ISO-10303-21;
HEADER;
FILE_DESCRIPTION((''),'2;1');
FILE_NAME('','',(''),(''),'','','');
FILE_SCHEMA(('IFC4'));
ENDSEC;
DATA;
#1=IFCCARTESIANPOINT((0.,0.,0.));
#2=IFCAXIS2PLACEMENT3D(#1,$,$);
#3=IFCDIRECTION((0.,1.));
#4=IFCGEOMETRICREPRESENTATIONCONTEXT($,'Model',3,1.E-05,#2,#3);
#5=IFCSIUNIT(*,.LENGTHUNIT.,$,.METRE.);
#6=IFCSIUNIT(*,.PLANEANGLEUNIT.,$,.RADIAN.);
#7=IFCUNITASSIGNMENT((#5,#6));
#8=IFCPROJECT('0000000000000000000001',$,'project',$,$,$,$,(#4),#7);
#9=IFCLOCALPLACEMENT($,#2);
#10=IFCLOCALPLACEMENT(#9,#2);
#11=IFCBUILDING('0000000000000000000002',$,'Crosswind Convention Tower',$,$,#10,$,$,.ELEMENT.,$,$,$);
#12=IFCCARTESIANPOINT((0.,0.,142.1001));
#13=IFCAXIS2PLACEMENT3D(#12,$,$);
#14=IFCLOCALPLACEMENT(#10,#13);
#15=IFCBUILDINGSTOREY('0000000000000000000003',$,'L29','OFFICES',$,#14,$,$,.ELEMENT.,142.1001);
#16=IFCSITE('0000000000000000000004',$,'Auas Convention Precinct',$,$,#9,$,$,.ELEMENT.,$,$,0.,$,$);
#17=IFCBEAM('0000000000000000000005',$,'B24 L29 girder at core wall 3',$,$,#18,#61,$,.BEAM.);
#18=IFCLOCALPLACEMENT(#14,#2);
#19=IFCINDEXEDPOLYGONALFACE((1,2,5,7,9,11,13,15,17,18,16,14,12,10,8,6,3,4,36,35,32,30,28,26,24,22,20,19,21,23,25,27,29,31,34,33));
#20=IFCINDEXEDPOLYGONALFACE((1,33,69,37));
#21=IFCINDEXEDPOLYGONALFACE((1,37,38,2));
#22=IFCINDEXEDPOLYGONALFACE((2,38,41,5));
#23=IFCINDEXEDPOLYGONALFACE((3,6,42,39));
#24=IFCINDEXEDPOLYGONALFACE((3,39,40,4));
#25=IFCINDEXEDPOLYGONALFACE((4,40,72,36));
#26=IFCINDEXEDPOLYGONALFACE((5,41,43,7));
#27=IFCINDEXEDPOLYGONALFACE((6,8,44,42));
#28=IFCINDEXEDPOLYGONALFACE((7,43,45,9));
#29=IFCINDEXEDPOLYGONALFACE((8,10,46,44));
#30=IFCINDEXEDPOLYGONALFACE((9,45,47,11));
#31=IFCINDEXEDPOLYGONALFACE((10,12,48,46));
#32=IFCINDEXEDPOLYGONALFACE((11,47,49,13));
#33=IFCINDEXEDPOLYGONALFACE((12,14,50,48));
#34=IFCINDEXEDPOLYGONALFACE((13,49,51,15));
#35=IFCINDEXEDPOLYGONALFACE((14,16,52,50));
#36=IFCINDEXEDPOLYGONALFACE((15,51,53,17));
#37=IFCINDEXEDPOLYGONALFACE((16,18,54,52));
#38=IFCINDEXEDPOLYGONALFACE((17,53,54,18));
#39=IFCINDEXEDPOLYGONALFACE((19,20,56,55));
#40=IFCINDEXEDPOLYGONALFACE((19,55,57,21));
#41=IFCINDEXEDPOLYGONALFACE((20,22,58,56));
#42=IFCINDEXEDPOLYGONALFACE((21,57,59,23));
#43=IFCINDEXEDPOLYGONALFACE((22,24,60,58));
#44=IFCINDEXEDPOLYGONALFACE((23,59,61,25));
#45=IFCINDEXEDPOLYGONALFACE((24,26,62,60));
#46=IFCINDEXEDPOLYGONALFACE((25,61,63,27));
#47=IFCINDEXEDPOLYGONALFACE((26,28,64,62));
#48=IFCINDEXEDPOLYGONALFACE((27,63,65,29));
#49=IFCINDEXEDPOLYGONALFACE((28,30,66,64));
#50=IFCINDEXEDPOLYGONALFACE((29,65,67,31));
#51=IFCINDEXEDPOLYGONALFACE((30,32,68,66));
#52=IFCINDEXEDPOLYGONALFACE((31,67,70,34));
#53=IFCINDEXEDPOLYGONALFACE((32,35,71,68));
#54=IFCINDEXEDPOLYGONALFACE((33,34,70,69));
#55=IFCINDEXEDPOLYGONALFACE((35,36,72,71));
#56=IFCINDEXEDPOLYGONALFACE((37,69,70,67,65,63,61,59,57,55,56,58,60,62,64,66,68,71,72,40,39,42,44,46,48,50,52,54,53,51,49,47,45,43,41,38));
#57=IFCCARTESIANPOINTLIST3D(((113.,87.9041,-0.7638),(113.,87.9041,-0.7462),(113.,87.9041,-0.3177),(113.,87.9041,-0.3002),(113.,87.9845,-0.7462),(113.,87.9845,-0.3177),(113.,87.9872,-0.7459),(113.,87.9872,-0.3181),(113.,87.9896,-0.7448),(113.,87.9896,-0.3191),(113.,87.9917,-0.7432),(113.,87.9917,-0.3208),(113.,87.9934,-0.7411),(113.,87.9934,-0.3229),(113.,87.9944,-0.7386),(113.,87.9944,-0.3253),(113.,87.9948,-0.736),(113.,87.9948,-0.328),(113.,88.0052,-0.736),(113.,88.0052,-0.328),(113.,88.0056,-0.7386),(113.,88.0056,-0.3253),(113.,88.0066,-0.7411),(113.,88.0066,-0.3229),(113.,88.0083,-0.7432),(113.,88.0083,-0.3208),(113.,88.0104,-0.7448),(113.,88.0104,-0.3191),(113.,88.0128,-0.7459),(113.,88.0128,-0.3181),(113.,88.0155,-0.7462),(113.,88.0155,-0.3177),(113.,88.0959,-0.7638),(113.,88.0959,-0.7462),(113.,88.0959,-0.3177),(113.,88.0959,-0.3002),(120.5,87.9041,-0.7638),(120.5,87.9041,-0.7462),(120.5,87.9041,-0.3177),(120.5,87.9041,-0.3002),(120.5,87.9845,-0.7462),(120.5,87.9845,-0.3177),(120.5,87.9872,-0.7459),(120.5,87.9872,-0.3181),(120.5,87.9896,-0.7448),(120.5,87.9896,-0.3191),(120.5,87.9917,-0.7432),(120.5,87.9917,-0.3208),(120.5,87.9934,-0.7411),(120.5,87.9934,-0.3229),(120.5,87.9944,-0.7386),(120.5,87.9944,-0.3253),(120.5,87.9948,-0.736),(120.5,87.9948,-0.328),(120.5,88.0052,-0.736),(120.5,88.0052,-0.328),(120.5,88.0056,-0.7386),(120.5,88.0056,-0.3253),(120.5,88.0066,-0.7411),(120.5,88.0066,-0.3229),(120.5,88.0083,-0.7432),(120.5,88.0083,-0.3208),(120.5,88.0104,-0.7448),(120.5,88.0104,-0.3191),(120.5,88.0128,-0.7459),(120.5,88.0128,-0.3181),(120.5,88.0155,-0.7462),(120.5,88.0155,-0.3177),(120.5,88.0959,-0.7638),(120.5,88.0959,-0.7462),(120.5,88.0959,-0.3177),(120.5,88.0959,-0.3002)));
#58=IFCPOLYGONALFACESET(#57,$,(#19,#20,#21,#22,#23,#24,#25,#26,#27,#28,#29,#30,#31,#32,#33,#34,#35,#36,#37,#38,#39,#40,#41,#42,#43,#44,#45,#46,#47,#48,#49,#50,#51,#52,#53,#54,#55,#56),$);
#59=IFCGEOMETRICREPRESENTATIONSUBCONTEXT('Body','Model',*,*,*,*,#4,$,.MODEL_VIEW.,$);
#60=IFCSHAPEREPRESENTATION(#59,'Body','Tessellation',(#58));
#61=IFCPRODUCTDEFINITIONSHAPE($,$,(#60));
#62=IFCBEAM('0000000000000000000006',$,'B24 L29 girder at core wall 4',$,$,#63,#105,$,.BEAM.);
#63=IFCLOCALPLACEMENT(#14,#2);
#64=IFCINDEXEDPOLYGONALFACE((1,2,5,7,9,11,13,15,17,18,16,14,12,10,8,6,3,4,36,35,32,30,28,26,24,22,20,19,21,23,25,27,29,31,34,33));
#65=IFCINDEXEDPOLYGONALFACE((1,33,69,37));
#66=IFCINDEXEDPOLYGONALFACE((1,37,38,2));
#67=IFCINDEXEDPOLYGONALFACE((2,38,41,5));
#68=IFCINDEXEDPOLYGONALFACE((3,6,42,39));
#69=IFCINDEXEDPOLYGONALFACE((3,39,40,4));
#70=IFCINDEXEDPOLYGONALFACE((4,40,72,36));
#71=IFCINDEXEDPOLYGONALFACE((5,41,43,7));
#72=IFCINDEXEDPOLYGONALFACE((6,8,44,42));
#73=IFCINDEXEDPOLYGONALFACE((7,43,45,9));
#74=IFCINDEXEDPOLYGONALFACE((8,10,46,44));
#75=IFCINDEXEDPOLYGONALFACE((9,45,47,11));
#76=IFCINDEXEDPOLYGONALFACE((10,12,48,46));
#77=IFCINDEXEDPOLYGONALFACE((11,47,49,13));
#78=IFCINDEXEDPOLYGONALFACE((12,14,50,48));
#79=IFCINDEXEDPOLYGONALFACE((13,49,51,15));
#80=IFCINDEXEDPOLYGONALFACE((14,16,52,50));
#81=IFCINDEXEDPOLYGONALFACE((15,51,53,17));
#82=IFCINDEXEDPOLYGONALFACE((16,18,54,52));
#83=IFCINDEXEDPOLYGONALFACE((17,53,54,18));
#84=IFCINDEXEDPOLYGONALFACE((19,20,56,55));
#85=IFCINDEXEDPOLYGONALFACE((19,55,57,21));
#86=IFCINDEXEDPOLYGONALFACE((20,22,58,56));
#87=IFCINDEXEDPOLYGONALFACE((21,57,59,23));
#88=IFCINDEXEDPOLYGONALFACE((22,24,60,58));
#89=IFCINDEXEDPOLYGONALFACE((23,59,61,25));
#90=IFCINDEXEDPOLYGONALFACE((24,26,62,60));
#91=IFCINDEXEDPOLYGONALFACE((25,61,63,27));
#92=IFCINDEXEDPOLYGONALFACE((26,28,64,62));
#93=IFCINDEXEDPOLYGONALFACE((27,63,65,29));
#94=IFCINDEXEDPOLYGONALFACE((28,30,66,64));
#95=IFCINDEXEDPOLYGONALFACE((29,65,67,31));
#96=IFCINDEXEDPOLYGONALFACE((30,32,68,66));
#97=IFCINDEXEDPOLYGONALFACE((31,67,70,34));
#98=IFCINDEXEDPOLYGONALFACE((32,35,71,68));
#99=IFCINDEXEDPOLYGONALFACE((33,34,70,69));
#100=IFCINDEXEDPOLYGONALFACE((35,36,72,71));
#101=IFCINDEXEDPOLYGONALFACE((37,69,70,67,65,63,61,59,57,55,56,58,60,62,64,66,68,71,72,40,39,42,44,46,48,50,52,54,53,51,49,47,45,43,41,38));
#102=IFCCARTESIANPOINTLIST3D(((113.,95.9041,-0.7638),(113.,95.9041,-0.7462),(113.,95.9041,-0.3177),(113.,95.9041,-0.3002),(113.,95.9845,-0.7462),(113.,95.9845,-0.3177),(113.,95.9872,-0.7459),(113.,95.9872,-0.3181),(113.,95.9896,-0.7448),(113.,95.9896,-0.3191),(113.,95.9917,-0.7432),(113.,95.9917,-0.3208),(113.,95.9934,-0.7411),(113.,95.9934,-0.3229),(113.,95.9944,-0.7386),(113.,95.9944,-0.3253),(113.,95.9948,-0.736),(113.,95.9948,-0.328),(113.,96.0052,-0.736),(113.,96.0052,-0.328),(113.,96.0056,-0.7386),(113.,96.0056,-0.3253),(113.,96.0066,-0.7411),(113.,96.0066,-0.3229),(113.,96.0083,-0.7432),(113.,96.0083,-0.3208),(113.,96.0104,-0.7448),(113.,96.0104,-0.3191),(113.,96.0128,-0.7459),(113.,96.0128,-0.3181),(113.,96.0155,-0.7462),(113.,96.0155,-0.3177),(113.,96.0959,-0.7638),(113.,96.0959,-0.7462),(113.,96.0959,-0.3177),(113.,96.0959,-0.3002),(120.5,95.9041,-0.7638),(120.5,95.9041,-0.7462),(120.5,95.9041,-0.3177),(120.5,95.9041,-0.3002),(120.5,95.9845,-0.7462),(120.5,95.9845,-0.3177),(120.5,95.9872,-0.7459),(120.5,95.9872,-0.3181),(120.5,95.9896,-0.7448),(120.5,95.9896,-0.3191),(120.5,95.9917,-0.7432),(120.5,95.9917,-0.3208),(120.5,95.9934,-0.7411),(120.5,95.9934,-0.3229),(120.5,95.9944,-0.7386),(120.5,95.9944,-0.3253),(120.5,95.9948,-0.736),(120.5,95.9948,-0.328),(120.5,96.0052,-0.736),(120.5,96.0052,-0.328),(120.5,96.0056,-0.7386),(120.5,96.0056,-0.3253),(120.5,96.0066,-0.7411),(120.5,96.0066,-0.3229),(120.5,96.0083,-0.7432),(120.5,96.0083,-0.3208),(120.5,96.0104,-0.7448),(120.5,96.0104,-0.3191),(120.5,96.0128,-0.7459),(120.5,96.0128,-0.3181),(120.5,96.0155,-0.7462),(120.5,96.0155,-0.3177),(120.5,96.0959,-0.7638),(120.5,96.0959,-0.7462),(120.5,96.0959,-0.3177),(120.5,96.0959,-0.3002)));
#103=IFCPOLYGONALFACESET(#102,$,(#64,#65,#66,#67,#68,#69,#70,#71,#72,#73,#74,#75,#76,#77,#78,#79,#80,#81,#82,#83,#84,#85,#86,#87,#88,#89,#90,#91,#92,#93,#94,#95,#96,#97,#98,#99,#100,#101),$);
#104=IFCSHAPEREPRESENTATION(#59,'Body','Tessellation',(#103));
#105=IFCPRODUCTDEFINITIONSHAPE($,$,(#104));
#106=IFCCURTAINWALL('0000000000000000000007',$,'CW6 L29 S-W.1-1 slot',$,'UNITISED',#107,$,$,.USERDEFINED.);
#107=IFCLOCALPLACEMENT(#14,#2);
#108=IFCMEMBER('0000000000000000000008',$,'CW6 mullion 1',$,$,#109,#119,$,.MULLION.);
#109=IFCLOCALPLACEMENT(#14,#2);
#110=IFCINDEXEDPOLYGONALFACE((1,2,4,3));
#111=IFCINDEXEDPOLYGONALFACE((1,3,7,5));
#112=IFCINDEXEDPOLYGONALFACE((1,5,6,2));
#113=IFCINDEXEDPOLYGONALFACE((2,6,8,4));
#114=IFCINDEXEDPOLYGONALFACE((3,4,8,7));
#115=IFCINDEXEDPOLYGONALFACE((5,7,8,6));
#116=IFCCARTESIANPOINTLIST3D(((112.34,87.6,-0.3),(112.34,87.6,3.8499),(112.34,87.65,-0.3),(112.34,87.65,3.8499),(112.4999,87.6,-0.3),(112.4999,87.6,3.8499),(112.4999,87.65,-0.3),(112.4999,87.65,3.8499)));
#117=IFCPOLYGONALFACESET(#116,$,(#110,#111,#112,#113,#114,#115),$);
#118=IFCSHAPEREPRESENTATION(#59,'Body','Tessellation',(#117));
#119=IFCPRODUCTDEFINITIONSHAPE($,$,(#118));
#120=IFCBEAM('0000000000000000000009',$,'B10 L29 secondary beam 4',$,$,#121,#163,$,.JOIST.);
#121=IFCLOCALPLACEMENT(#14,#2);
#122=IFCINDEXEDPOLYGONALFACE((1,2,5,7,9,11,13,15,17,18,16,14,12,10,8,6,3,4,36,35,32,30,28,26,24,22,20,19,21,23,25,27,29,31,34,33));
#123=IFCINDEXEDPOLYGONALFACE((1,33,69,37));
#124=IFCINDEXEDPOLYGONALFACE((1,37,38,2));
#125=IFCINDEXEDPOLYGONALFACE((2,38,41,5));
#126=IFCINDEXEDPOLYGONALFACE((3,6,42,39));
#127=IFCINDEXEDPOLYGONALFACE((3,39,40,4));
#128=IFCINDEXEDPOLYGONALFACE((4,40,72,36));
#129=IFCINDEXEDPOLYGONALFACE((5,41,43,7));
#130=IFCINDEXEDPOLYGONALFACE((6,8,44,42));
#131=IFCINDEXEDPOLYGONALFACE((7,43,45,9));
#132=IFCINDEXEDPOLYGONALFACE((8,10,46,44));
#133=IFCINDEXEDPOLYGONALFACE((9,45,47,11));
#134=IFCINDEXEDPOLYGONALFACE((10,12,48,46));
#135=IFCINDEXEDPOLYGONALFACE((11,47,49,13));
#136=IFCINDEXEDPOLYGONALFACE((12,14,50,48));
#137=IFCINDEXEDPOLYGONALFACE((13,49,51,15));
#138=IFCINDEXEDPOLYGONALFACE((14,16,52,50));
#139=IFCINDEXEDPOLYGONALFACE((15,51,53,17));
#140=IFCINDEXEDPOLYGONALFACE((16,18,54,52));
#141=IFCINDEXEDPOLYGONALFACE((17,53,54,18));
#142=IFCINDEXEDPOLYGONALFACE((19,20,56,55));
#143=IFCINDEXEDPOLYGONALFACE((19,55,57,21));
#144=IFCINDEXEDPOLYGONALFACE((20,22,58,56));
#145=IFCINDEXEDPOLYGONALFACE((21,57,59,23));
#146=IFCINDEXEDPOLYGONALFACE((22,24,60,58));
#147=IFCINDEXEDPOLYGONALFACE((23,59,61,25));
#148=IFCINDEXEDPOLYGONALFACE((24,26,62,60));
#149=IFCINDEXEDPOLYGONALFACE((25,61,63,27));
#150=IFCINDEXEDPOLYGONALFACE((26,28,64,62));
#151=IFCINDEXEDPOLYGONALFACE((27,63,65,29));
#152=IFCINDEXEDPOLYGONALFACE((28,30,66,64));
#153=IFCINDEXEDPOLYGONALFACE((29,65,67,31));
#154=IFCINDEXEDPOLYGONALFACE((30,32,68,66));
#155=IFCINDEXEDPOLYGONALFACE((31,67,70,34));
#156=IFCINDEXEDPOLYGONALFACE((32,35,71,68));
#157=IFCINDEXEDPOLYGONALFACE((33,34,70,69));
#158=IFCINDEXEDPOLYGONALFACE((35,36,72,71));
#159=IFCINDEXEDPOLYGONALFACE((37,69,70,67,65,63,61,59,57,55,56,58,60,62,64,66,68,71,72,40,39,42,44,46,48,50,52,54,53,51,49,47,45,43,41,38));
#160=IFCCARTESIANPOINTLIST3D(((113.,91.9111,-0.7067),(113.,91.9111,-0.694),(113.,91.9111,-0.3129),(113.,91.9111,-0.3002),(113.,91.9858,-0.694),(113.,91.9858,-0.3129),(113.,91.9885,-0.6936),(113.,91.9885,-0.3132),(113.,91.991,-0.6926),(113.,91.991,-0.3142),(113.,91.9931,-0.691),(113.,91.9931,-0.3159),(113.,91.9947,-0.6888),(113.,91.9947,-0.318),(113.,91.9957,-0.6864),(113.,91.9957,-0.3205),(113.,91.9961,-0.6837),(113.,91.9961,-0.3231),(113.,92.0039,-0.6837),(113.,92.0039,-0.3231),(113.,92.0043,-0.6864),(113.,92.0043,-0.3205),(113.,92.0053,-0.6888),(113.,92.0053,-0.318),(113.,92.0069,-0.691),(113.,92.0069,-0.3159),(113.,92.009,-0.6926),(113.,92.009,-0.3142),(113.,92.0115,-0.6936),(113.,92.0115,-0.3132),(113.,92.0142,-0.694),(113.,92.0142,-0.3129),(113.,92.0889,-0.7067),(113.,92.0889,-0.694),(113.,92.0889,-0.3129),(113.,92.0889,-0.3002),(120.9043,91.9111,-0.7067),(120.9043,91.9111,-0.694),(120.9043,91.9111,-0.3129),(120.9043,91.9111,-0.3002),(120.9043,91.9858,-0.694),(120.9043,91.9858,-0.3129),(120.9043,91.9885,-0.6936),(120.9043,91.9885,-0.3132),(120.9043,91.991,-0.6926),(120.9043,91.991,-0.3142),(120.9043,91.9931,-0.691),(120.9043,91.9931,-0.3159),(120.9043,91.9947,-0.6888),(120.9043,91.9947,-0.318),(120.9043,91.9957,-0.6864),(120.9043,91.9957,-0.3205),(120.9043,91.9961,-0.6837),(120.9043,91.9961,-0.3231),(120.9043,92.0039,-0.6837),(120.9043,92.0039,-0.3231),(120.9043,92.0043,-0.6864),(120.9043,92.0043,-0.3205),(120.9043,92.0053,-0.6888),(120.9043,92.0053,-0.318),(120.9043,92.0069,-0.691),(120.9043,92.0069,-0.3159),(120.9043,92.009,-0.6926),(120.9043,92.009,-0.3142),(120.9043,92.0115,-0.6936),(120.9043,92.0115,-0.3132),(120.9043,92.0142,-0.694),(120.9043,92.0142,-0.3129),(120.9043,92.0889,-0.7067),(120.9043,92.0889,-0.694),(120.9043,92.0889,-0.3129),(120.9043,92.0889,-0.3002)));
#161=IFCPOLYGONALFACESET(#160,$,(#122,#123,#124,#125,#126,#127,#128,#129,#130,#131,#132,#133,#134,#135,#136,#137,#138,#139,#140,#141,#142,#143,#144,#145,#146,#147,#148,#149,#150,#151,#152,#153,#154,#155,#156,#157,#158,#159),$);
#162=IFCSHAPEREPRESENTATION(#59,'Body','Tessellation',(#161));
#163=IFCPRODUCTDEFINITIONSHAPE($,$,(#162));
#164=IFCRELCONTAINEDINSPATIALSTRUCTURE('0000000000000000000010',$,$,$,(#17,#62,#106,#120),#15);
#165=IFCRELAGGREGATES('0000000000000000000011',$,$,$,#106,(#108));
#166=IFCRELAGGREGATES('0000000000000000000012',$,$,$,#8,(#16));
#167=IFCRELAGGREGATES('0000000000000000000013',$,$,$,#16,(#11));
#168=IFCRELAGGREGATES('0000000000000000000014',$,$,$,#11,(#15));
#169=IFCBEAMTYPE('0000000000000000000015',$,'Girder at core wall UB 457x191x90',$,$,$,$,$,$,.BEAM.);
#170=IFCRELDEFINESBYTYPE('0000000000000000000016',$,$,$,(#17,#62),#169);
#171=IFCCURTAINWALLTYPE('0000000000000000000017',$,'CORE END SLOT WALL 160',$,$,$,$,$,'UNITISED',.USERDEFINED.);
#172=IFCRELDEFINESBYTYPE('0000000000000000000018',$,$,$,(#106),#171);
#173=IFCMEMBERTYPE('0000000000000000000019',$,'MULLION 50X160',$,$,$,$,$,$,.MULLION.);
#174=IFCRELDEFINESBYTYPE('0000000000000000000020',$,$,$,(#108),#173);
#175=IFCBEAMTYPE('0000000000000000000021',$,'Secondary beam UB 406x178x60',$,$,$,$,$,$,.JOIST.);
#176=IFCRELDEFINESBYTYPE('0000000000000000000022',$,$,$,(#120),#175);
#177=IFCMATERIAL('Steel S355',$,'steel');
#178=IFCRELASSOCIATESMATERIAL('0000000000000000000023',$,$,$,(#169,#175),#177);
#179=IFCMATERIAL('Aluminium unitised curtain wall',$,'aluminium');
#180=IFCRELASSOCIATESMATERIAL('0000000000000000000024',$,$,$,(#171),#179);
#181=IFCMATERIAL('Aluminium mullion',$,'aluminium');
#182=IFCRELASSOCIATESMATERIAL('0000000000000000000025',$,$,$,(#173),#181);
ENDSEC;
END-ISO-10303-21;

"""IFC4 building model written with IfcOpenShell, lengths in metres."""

from ifc_helpers import new_model, si_unit, direction, frame, origin, origin_2d, place, context, subcontext, project, spatial, rectangle, i_section, extrude, material, material_profile, profile_set, type_object, element, aggregate, save


model = new_model("IFC4")

# Units and contexts
model_context = context("Model", 3, precision=1e-05, world=origin(), true_north=direction((0.0, 1.0)))
body_context = subcontext(model_context, "Body", "Model", "MODEL_VIEW")
ifc_project = project(units=[si_unit("LENGTHUNIT", "METRE"), si_unit("PLANEANGLEUNIT", "RADIAN")], contexts=[model_context])

# Site, building, storey
site_placement = place(None, origin())
site = spatial("IfcSite", under=ifc_project, at=site_placement, Name="Auas Convention Precinct", CompositionType="ELEMENT", RefElevation=0.0)
building_placement = place(site_placement, origin())
building = spatial("IfcBuilding", under=site, at=building_placement, Name="Crosswind Convention Tower", CompositionType="ELEMENT")
storey_placement = place(building_placement, frame((0.0, 0.0, 142.1001)))
storey = spatial("IfcBuildingStorey", under=building, at=storey_placement, Name="L29", Description="OFFICES", CompositionType="ELEMENT", Elevation=142.1001)

# Beams
ifc_material_1 = material(Name="Steel S355", Category="steel")
ifc_material_profile_1 = material_profile(ifc_material_1, i_section(OverallWidth=0.1919, OverallDepth=0.4636, WebThickness=0.0105, FlangeThickness=0.0176, FilletRadius=0.0103, at=origin_2d()), Name="UB 457x191x90")
ifc_profile_set_1 = profile_set([ifc_material_profile_1], Name="Steel S355")
beam_type_1 = type_object("IfcBeamType", Name="Girder at core wall UB 457x191x90", PredefinedType="BEAM", material=ifc_profile_set_1)
for number, where, z_axis, x_axis, name in (
    (1, (113.0, 88.0, -0.532), (1.0, 0.0, 0.0), (0.0, 1.0, 0.0), "B24 L29 girder at core wall 3"),
    (2, (113.0, 96.0, -0.532), (1.0, 0.0, 0.0), (0.0, 1.0, 0.0), "B24 L29 girder at core wall 4"),
):
    element("IfcBeam", number, at=place(storey_placement, frame(where, z_axis=z_axis, x_axis=x_axis)), inside=storey, type_object=beam_type_1, Name=name, PredefinedType="BEAM", context=body_context, shape_type="SweptSolid", body=[
        extrude(i_section(OverallWidth=0.1919, OverallDepth=0.4636, WebThickness=0.0105, FlangeThickness=0.0176, FilletRadius=0.0103, at=origin_2d()), origin(), (0.0, 0.0, 1.0), 7.5),
    ])

# Curtain wall, member
ifc_material_2 = material(Name="Aluminium unitised curtain wall", Category="aluminium")
curtain_wall_type = type_object("IfcCurtainWallType", Name="CORE END SLOT WALL 160", ElementType="UNITISED", PredefinedType="USERDEFINED", material=ifc_material_2)
curtain_wall_placement = place(storey_placement, origin())
curtain_wall = element("IfcCurtainWall", 3, at=curtain_wall_placement, inside=storey, type_object=curtain_wall_type, Name="CW6 L29 S-W.1-1 slot", ObjectType="UNITISED", PredefinedType="USERDEFINED")
ifc_material_3 = material(Name="Aluminium mullion", Category="aluminium")
ifc_material_profile_2 = material_profile(ifc_material_3, rectangle(XDim=0.1599, YDim=0.05, at=origin_2d()), Name="AL 160X50")
ifc_profile_set_2 = profile_set([ifc_material_profile_2], Name="Aluminium mullion")
member_type_1 = type_object("IfcMemberType", Name="MULLION 50X160", PredefinedType="MULLION", material=ifc_profile_set_2)
member_1_placement = place(storey_placement, frame((112.4199, 87.625, -0.3), z_axis=(0.0, 0.0, 1.0), x_axis=(-1.0, 0.0, 0.0)))
member_1 = element("IfcMember", 4, at=member_1_placement, type_object=member_type_1, Name="CW6 mullion 1", PredefinedType="MULLION", context=body_context, shape_type="SweptSolid", body=[
    extrude(rectangle(XDim=0.1599, YDim=0.05, at=origin_2d()), origin(), (0.0, 0.0, 1.0), 4.1499),
])

# Beam
ifc_material_profile_3 = material_profile(ifc_material_1, i_section(OverallWidth=0.1777, OverallDepth=0.4065, WebThickness=0.0078, FlangeThickness=0.0127, FilletRadius=0.0103, at=origin_2d()), Name="UB 406x178x60")
ifc_profile_set_3 = profile_set([ifc_material_profile_3], Name="Steel S355")
beam_type_2 = type_object("IfcBeamType", Name="Secondary beam UB 406x178x60", PredefinedType="JOIST", material=ifc_profile_set_3)
beam_1_placement = place(storey_placement, frame((113.0, 92.0, -0.5034), z_axis=(1.0, 0.0, 0.0), x_axis=(0.0, 1.0, 0.0)))
element("IfcBeam", 5, at=beam_1_placement, inside=storey, type_object=beam_type_2, Name="B10 L29 secondary beam 4", PredefinedType="JOIST", context=body_context, shape_type="SweptSolid", body=[
    extrude(i_section(OverallWidth=0.1777, OverallDepth=0.4065, WebThickness=0.0078, FlangeThickness=0.0127, FilletRadius=0.0103, at=origin_2d()), origin(), (0.0, 0.0, 1.0), 7.9043),
])

aggregate(curtain_wall, [member_1])

save(model, "model.ifc")
